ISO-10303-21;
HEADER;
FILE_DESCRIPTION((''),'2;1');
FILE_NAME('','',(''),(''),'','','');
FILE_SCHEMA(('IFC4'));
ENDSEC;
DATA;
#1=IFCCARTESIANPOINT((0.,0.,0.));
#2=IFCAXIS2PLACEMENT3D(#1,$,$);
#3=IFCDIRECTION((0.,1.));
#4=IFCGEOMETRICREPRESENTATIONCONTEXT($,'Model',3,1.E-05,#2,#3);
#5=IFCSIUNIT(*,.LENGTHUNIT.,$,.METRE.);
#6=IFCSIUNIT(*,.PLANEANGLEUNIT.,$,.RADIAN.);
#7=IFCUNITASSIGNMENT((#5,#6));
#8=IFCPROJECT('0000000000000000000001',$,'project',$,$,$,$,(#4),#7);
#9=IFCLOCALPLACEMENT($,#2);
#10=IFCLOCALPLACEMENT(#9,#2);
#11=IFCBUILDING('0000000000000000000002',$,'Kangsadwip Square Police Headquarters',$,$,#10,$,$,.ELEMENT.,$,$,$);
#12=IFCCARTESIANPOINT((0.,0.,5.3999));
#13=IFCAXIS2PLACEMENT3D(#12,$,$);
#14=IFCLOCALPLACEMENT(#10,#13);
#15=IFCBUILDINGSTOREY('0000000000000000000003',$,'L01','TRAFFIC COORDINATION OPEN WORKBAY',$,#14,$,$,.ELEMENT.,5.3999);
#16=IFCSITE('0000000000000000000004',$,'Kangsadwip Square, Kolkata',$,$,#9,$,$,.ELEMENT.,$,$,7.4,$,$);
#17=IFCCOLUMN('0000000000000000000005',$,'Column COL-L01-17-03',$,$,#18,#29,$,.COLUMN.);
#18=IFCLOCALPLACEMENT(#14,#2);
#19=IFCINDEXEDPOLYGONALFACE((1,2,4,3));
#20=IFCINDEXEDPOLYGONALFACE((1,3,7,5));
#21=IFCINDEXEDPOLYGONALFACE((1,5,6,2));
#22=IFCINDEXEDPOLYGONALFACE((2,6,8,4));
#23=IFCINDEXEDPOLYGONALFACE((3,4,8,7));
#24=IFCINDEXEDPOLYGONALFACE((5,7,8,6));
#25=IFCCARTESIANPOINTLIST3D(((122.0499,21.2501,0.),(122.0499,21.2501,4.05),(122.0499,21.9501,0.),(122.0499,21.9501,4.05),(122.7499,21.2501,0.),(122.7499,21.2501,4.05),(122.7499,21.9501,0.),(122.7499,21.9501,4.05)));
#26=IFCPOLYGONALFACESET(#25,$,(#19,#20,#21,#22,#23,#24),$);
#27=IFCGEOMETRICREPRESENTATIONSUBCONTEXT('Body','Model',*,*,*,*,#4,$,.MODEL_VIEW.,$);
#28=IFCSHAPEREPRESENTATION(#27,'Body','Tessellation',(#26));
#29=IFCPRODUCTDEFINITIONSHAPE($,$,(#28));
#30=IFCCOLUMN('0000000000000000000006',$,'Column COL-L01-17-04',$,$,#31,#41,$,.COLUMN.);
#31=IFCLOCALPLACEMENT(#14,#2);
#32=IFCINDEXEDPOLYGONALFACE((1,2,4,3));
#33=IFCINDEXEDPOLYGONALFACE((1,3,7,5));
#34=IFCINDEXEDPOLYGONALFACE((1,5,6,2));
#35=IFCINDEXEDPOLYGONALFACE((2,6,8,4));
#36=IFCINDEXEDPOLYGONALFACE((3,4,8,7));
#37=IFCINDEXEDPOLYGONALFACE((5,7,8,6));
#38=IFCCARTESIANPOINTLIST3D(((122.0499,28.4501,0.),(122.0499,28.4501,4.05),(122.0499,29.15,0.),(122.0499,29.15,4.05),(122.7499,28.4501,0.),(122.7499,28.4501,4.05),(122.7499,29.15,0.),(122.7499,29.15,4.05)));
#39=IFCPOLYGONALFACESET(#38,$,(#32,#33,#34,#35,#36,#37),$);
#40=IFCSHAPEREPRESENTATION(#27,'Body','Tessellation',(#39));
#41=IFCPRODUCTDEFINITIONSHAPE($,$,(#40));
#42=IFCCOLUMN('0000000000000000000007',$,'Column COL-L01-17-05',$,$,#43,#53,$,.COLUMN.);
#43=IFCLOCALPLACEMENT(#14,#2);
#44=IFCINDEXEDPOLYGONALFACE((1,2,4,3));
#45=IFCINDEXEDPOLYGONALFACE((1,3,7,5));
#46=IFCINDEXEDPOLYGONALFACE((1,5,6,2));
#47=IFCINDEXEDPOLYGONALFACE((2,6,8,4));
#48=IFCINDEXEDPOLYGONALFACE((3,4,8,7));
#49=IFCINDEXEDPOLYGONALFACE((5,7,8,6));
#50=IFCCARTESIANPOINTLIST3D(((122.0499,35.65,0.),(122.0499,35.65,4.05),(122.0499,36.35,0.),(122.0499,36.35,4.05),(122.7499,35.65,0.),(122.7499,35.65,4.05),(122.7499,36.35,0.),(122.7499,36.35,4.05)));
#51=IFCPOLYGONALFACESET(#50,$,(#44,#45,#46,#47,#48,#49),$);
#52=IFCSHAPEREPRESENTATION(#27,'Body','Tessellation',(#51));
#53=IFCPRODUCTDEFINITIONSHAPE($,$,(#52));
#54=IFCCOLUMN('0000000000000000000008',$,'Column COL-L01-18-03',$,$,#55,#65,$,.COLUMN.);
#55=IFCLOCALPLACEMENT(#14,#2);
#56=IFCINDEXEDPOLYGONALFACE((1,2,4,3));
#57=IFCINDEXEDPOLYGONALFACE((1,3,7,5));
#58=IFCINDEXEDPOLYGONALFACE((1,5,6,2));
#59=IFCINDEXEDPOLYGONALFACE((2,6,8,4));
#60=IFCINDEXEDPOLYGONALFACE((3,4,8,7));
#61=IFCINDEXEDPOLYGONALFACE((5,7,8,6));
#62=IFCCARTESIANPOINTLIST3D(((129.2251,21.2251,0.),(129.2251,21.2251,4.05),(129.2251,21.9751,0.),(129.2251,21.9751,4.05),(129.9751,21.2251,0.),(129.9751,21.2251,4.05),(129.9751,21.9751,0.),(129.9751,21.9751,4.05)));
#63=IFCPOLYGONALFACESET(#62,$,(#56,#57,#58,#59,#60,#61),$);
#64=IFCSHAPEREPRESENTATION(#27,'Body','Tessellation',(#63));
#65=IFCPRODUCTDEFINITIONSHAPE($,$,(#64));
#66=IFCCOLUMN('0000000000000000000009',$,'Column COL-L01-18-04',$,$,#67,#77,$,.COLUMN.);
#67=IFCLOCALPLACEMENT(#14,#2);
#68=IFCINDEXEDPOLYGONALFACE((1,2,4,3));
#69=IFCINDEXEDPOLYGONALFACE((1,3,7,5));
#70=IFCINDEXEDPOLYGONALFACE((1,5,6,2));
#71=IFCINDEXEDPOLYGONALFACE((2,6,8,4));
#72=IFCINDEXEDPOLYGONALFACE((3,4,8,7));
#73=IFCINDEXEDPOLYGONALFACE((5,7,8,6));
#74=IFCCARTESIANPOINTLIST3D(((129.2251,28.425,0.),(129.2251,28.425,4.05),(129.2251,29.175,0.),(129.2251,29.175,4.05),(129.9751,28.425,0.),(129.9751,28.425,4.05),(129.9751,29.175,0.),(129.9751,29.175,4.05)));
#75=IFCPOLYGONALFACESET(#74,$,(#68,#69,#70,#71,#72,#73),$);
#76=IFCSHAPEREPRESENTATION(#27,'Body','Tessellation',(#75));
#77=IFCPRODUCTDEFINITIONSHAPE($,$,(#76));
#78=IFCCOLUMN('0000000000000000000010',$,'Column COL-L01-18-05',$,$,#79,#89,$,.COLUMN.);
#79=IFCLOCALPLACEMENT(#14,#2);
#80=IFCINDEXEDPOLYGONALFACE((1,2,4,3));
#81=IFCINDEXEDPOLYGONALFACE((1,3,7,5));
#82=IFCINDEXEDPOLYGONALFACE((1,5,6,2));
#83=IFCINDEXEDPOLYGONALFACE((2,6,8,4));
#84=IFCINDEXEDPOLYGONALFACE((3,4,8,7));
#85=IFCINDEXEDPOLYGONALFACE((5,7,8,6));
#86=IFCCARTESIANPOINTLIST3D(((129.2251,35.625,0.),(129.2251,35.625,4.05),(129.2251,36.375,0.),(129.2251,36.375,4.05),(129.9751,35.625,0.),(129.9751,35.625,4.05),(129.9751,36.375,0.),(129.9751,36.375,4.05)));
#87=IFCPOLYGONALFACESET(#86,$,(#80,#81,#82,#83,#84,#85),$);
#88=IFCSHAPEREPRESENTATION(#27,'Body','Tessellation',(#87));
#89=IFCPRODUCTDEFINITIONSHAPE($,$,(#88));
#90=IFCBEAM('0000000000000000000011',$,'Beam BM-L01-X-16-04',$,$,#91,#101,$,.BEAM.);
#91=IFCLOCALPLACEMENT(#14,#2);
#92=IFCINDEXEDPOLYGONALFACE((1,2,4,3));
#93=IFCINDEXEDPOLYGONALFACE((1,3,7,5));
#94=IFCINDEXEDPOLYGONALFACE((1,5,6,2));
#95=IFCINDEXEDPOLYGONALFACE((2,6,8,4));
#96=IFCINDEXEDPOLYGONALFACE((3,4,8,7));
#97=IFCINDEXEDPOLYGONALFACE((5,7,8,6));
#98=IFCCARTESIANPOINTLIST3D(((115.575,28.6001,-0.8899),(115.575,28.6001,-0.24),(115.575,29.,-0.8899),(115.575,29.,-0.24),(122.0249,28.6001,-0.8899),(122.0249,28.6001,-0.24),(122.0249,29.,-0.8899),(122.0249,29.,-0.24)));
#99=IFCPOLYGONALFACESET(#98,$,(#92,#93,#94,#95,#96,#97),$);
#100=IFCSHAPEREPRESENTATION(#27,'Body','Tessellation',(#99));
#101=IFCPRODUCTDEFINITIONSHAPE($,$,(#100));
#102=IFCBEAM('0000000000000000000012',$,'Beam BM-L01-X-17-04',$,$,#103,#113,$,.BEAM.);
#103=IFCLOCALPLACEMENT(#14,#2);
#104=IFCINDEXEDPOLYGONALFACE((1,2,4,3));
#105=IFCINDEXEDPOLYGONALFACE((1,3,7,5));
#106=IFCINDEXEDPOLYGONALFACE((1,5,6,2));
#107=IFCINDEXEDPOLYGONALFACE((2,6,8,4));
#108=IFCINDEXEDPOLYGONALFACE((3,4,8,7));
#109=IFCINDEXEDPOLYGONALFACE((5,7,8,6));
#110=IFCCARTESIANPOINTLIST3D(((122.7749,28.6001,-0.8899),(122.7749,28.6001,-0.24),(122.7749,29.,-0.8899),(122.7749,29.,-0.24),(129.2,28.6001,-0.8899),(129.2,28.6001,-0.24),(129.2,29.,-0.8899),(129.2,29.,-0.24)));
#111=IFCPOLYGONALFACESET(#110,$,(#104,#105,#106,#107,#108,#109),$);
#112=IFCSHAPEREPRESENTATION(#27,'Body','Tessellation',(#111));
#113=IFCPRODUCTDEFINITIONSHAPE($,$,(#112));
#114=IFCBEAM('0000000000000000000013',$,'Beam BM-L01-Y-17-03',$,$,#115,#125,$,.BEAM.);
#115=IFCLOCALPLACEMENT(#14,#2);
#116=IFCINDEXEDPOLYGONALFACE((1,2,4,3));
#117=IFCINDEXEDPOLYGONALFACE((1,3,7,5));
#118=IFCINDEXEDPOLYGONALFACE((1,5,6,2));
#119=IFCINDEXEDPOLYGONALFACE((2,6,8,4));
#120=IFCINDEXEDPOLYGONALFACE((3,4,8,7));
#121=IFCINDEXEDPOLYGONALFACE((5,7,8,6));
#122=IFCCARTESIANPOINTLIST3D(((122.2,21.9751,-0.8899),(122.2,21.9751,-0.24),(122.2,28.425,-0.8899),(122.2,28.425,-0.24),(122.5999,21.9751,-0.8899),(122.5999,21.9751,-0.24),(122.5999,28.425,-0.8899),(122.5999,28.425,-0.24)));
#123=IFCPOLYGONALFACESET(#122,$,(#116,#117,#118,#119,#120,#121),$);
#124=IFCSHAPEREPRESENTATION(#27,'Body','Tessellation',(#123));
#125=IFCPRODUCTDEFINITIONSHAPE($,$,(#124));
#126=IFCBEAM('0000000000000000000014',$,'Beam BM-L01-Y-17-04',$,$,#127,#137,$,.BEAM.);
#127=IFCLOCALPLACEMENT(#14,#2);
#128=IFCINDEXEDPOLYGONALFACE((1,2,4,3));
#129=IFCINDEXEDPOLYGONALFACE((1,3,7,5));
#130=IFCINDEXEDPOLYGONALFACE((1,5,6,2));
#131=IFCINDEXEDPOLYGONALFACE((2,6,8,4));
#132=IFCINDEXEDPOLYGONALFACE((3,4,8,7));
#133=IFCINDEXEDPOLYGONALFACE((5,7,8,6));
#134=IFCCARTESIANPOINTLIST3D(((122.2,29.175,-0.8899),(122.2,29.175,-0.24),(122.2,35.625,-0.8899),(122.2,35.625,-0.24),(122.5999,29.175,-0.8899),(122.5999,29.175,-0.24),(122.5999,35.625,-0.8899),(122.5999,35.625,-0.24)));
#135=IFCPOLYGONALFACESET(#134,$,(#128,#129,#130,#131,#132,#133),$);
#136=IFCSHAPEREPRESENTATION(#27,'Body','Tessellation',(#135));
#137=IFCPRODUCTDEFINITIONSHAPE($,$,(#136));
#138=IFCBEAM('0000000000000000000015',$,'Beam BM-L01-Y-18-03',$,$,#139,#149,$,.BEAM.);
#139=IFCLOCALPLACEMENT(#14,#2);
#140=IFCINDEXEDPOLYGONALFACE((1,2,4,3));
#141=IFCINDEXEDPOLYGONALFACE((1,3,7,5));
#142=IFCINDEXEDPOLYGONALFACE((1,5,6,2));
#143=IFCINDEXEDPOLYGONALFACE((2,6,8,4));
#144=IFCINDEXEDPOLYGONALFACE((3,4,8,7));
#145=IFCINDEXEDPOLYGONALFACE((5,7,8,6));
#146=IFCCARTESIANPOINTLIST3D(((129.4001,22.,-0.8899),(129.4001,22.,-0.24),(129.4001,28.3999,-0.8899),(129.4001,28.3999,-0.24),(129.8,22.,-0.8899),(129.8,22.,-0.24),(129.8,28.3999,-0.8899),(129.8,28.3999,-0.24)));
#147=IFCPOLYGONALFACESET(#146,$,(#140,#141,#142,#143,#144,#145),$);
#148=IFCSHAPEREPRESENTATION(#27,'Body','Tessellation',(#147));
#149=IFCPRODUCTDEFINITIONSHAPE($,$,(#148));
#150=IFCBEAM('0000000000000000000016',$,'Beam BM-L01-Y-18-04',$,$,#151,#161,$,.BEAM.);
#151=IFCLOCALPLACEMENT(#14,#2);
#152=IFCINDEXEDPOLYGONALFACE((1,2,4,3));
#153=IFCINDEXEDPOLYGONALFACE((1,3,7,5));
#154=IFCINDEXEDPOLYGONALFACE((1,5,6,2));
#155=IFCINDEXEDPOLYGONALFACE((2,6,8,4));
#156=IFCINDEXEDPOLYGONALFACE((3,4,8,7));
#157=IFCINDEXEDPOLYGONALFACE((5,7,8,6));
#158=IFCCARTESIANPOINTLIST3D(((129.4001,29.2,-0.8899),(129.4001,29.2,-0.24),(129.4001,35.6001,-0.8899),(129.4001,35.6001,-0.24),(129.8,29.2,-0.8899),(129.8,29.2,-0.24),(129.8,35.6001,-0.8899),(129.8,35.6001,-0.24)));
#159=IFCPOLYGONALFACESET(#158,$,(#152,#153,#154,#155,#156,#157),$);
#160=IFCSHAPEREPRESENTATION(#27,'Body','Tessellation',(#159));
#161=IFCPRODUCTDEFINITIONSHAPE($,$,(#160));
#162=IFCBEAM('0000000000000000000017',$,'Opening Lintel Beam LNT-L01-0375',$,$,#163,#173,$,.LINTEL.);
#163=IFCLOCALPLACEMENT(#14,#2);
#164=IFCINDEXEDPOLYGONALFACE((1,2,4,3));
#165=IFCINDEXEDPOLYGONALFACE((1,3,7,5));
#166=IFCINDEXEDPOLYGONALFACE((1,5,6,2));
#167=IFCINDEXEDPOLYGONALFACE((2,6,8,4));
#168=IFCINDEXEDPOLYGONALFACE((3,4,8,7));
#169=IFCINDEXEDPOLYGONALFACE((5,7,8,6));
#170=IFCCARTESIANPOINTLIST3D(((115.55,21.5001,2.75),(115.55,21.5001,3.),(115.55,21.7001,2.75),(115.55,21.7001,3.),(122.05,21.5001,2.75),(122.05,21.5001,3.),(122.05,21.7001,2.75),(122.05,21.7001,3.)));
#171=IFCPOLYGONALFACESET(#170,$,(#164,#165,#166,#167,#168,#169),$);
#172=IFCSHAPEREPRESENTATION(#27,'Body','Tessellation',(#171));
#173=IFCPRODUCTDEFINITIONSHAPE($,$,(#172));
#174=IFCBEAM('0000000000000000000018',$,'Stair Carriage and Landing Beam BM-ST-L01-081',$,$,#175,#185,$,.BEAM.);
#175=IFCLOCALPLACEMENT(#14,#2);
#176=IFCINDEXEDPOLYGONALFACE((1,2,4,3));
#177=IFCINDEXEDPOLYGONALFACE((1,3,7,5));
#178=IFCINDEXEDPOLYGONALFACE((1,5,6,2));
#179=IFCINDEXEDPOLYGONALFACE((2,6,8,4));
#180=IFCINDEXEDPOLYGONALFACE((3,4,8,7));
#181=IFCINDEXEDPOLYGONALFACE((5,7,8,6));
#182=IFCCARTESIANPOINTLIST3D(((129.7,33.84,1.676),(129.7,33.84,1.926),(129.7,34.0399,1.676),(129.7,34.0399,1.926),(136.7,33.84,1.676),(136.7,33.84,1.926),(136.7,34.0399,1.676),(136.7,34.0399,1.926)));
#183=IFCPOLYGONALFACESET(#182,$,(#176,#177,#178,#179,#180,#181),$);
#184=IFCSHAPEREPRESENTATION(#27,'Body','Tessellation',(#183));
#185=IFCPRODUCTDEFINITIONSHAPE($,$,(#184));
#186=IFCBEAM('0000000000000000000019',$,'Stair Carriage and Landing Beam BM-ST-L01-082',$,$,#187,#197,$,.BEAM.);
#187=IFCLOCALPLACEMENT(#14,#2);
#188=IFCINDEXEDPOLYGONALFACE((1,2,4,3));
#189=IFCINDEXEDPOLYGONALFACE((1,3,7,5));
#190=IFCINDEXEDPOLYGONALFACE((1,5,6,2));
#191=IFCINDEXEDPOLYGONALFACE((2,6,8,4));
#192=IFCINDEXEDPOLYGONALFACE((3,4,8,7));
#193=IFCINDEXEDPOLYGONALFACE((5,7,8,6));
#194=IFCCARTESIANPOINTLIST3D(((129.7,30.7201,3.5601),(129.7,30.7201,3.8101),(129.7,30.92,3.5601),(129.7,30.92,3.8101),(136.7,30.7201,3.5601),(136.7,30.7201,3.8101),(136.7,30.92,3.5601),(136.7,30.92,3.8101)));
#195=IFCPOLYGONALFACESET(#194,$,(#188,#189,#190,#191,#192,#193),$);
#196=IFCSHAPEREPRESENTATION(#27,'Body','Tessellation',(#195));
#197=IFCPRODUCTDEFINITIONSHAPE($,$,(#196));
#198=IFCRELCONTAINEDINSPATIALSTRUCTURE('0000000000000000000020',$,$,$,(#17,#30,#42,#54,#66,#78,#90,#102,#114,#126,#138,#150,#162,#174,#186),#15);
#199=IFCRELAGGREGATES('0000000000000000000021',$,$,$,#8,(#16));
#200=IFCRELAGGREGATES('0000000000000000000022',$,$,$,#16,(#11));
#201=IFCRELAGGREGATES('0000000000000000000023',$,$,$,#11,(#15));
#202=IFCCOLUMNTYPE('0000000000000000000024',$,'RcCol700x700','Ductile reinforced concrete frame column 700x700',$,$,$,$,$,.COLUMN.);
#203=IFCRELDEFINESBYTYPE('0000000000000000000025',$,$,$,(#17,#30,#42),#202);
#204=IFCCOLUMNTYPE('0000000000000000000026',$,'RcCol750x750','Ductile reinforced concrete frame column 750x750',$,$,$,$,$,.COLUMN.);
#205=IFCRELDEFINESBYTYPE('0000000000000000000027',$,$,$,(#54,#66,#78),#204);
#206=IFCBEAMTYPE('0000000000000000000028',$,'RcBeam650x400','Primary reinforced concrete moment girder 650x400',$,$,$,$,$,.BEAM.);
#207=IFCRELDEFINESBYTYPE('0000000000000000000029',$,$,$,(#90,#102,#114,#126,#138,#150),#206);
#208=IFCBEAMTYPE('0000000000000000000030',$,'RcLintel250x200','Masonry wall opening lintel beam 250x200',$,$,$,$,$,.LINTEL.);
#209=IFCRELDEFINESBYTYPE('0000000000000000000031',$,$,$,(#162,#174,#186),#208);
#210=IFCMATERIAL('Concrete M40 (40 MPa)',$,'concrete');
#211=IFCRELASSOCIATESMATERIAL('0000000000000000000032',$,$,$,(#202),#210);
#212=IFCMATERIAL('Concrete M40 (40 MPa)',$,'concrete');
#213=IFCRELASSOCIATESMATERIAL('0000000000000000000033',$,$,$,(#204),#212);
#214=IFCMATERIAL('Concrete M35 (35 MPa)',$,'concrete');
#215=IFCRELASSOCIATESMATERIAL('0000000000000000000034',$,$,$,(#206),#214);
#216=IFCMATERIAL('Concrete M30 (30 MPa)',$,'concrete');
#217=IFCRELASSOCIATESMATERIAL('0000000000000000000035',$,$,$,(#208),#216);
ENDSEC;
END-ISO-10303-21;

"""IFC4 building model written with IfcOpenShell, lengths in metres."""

from ifc_helpers import new_model, si_unit, direction, frame, origin, origin_2d, place, context, subcontext, project, spatial, rectangle, extrude, material, material_profile, profile_set, type_object, element, save


model = new_model("IFC4")

# Units and contexts
model_context = context("Model", 3, precision=1e-05, world=origin(), true_north=direction((0.0, 1.0)))
body_context = subcontext(model_context, "Body", "Model", "MODEL_VIEW")
ifc_project = project(units=[si_unit("LENGTHUNIT", "METRE"), si_unit("PLANEANGLEUNIT", "RADIAN")], contexts=[model_context])

# Site, building, storey
site_placement = place(None, origin())
site = spatial("IfcSite", under=ifc_project, at=site_placement, Name="Kangsadwip Square, Kolkata", CompositionType="ELEMENT", RefElevation=7.4)
building_placement = place(site_placement, origin())
building = spatial("IfcBuilding", under=site, at=building_placement, Name="Kangsadwip Square Police Headquarters", CompositionType="ELEMENT")
storey_placement = place(building_placement, frame((0.0, 0.0, 5.3999)))
storey = spatial("IfcBuildingStorey", under=building, at=storey_placement, Name="L01", Description="TRAFFIC COORDINATION OPEN WORKBAY", CompositionType="ELEMENT", Elevation=5.3999)

# Columns
ifc_material_1 = material(Name="Concrete M40 (40 MPa)", Category="concrete")
ifc_material_profile_1 = material_profile(ifc_material_1, rectangle(XDim=0.7, YDim=0.7, at=origin_2d()), Name="RC COL 700X700")
ifc_profile_set_1 = profile_set([ifc_material_profile_1], Name="Concrete M40 (40 MPa)")
column_type_1 = type_object("IfcColumnType", Name="RcCol700x700", Description="Ductile reinforced concrete frame column 700x700", PredefinedType="COLUMN", material=ifc_profile_set_1)
for number, where, z_axis, x_axis, name in (
    (1, (122.3999, 21.6001, 0.0), (0.0, 0.0, 1.0), (1.0, 0.0, 0.0), "Column COL-L01-17-03"),
    (2, (122.3999, 28.8, 0.0), (0.0, 0.0, 1.0), (1.0, 0.0, 0.0), "Column COL-L01-17-04"),
    (3, (122.3999, 36.0, 0.0), (0.0, 0.0, 1.0), (1.0, 0.0, 0.0), "Column COL-L01-17-05"),
):
    element("IfcColumn", number, at=place(storey_placement, frame(where, z_axis=z_axis, x_axis=x_axis)), inside=storey, type_object=column_type_1, Name=name, PredefinedType="COLUMN", context=body_context, shape_type="SweptSolid", body=[
        extrude(rectangle(XDim=0.7, YDim=0.7, at=origin_2d()), origin(), (0.0, 0.0, 1.0), 4.05),
    ])
ifc_material_2 = material(Name="Concrete M40 (40 MPa)", Category="concrete")
ifc_material_profile_2 = material_profile(ifc_material_2, rectangle(XDim=0.75, YDim=0.75, at=origin_2d()), Name="RC COL 750X750")
ifc_profile_set_2 = profile_set([ifc_material_profile_2], Name="Concrete M40 (40 MPa)")
column_type_2 = type_object("IfcColumnType", Name="RcCol750x750", Description="Ductile reinforced concrete frame column 750x750", PredefinedType="COLUMN", material=ifc_profile_set_2)
for number, where, z_axis, x_axis, name in (
    (4, (129.6001, 21.6001, 0.0), (0.0, 0.0, 1.0), (1.0, 0.0, 0.0), "Column COL-L01-18-03"),
    (5, (129.6001, 28.8, 0.0), (0.0, 0.0, 1.0), (1.0, 0.0, 0.0), "Column COL-L01-18-04"),
    (6, (129.6001, 36.0, 0.0), (0.0, 0.0, 1.0), (1.0, 0.0, 0.0), "Column COL-L01-18-05"),
):
    element("IfcColumn", number, at=place(storey_placement, frame(where, z_axis=z_axis, x_axis=x_axis)), inside=storey, type_object=column_type_2, Name=name, PredefinedType="COLUMN", context=body_context, shape_type="SweptSolid", body=[
        extrude(rectangle(XDim=0.75, YDim=0.75, at=origin_2d()), origin(), (0.0, 0.0, 1.0), 4.05),
    ])

# Beams
ifc_material_3 = material(Name="Concrete M35 (35 MPa)", Category="concrete")
ifc_material_profile_3 = material_profile(ifc_material_3, rectangle(XDim=0.3999, YDim=0.6499, at=origin_2d()), Name="RC BM 650X400")
ifc_profile_set_3 = profile_set([ifc_material_profile_3], Name="Concrete M35 (35 MPa)")
beam_type_1 = type_object("IfcBeamType", Name="RcBeam650x400", Description="Primary reinforced concrete moment girder 650x400", PredefinedType="BEAM", material=ifc_profile_set_3)
beam_1_placement = place(storey_placement, frame((115.575, 28.8, -0.5649), z_axis=(1.0, 0.0, 0.0), x_axis=(0.0, 1.0, 0.0)))
element("IfcBeam", 7, at=beam_1_placement, inside=storey, type_object=beam_type_1, Name="Beam BM-L01-X-16-04", PredefinedType="BEAM", context=body_context, shape_type="SweptSolid", body=[
    extrude(rectangle(XDim=0.3999, YDim=0.6499, at=origin_2d()), origin(), (0.0, 0.0, 1.0), 6.45),
])
beam_2_placement = place(storey_placement, frame((122.7749, 28.8, -0.5649), z_axis=(1.0, 0.0, 0.0), x_axis=(0.0, 1.0, 0.0)))
element("IfcBeam", 8, at=beam_2_placement, inside=storey, type_object=beam_type_1, Name="Beam BM-L01-X-17-04", PredefinedType="BEAM", context=body_context, shape_type="SweptSolid", body=[
    extrude(rectangle(XDim=0.3999, YDim=0.6499, at=origin_2d()), origin(), (0.0, 0.0, 1.0), 6.425),
])
for number, where, z_axis, x_axis, name in (
    (9, (122.3999, 21.9751, -0.5649), (0.0, 1.0, 0.0), (-1.0, 0.0, 0.0), "Beam BM-L01-Y-17-03"),
    (10, (122.3999, 29.175, -0.5649), (0.0, 1.0, 0.0), (-1.0, 0.0, 0.0), "Beam BM-L01-Y-17-04"),
):
    element("IfcBeam", number, at=place(storey_placement, frame(where, z_axis=z_axis, x_axis=x_axis)), inside=storey, type_object=beam_type_1, Name=name, PredefinedType="BEAM", context=body_context, shape_type="SweptSolid", body=[
        extrude(rectangle(XDim=0.3999, YDim=0.6499, at=origin_2d()), origin(), (0.0, 0.0, 1.0), 6.45),
    ])
beam_3_placement = place(storey_placement, frame((129.6001, 22.0, -0.5649), z_axis=(0.0, 1.0, 0.0), x_axis=(-1.0, 0.0, 0.0)))
element("IfcBeam", 11, at=beam_3_placement, inside=storey, type_object=beam_type_1, Name="Beam BM-L01-Y-18-03", PredefinedType="BEAM", context=body_context, shape_type="SweptSolid", body=[
    extrude(rectangle(XDim=0.3999, YDim=0.6499, at=origin_2d()), origin(), (0.0, 0.0, 1.0), 6.3999),
])
beam_4_placement = place(storey_placement, frame((129.6001, 29.2, -0.5649), z_axis=(0.0, 1.0, 0.0), x_axis=(-1.0, 0.0, 0.0)))
element("IfcBeam", 12, at=beam_4_placement, inside=storey, type_object=beam_type_1, Name="Beam BM-L01-Y-18-04", PredefinedType="BEAM", context=body_context, shape_type="SweptSolid", body=[
    extrude(rectangle(XDim=0.3999, YDim=0.6499, at=origin_2d()), origin(), (0.0, 0.0, 1.0), 6.4001),
])
ifc_material_4 = material(Name="Concrete M30 (30 MPa)", Category="concrete")
ifc_material_profile_4 = material_profile(ifc_material_4, rectangle(XDim=0.2, YDim=0.25, at=origin_2d()), Name="RC LNT 250X200")
ifc_profile_set_4 = profile_set([ifc_material_profile_4], Name="Concrete M30 (30 MPa)")
beam_type_2 = type_object("IfcBeamType", Name="RcLintel250x200", Description="Masonry wall opening lintel beam 250x200", PredefinedType="LINTEL", material=ifc_profile_set_4)
beam_5_placement = place(storey_placement, frame((115.55, 21.6001, 2.875), z_axis=(1.0, 0.0, 0.0), x_axis=(0.0, 1.0, 0.0)))
element("IfcBeam", 13, at=beam_5_placement, inside=storey, type_object=beam_type_2, Name="Opening Lintel Beam LNT-L01-0375", PredefinedType="LINTEL", context=body_context, shape_type="SweptSolid", body=[
    extrude(rectangle(XDim=0.2, YDim=0.25, at=origin_2d()), origin(), (0.0, 0.0, 1.0), 6.5),
])
for number, where, z_axis, x_axis, name in (
    (14, (129.7, 33.9399, 1.801), (1.0, 0.0, 0.0), (0.0, 1.0, 0.0), "Stair Carriage and Landing Beam BM-ST-L01-081"),
    (15, (129.7, 30.8201, 3.6851), (1.0, 0.0, 0.0), (0.0, 1.0, 0.0), "Stair Carriage and Landing Beam BM-ST-L01-082"),
):
    element("IfcBeam", number, at=place(storey_placement, frame(where, z_axis=z_axis, x_axis=x_axis)), inside=storey, type_object=beam_type_2, Name=name, PredefinedType="BEAM", context=body_context, shape_type="SweptSolid", body=[
        extrude(rectangle(XDim=0.2, YDim=0.25, at=origin_2d()), origin(), (0.0, 0.0, 1.0), 7.0),
    ])

save(model, "model.ifc")
